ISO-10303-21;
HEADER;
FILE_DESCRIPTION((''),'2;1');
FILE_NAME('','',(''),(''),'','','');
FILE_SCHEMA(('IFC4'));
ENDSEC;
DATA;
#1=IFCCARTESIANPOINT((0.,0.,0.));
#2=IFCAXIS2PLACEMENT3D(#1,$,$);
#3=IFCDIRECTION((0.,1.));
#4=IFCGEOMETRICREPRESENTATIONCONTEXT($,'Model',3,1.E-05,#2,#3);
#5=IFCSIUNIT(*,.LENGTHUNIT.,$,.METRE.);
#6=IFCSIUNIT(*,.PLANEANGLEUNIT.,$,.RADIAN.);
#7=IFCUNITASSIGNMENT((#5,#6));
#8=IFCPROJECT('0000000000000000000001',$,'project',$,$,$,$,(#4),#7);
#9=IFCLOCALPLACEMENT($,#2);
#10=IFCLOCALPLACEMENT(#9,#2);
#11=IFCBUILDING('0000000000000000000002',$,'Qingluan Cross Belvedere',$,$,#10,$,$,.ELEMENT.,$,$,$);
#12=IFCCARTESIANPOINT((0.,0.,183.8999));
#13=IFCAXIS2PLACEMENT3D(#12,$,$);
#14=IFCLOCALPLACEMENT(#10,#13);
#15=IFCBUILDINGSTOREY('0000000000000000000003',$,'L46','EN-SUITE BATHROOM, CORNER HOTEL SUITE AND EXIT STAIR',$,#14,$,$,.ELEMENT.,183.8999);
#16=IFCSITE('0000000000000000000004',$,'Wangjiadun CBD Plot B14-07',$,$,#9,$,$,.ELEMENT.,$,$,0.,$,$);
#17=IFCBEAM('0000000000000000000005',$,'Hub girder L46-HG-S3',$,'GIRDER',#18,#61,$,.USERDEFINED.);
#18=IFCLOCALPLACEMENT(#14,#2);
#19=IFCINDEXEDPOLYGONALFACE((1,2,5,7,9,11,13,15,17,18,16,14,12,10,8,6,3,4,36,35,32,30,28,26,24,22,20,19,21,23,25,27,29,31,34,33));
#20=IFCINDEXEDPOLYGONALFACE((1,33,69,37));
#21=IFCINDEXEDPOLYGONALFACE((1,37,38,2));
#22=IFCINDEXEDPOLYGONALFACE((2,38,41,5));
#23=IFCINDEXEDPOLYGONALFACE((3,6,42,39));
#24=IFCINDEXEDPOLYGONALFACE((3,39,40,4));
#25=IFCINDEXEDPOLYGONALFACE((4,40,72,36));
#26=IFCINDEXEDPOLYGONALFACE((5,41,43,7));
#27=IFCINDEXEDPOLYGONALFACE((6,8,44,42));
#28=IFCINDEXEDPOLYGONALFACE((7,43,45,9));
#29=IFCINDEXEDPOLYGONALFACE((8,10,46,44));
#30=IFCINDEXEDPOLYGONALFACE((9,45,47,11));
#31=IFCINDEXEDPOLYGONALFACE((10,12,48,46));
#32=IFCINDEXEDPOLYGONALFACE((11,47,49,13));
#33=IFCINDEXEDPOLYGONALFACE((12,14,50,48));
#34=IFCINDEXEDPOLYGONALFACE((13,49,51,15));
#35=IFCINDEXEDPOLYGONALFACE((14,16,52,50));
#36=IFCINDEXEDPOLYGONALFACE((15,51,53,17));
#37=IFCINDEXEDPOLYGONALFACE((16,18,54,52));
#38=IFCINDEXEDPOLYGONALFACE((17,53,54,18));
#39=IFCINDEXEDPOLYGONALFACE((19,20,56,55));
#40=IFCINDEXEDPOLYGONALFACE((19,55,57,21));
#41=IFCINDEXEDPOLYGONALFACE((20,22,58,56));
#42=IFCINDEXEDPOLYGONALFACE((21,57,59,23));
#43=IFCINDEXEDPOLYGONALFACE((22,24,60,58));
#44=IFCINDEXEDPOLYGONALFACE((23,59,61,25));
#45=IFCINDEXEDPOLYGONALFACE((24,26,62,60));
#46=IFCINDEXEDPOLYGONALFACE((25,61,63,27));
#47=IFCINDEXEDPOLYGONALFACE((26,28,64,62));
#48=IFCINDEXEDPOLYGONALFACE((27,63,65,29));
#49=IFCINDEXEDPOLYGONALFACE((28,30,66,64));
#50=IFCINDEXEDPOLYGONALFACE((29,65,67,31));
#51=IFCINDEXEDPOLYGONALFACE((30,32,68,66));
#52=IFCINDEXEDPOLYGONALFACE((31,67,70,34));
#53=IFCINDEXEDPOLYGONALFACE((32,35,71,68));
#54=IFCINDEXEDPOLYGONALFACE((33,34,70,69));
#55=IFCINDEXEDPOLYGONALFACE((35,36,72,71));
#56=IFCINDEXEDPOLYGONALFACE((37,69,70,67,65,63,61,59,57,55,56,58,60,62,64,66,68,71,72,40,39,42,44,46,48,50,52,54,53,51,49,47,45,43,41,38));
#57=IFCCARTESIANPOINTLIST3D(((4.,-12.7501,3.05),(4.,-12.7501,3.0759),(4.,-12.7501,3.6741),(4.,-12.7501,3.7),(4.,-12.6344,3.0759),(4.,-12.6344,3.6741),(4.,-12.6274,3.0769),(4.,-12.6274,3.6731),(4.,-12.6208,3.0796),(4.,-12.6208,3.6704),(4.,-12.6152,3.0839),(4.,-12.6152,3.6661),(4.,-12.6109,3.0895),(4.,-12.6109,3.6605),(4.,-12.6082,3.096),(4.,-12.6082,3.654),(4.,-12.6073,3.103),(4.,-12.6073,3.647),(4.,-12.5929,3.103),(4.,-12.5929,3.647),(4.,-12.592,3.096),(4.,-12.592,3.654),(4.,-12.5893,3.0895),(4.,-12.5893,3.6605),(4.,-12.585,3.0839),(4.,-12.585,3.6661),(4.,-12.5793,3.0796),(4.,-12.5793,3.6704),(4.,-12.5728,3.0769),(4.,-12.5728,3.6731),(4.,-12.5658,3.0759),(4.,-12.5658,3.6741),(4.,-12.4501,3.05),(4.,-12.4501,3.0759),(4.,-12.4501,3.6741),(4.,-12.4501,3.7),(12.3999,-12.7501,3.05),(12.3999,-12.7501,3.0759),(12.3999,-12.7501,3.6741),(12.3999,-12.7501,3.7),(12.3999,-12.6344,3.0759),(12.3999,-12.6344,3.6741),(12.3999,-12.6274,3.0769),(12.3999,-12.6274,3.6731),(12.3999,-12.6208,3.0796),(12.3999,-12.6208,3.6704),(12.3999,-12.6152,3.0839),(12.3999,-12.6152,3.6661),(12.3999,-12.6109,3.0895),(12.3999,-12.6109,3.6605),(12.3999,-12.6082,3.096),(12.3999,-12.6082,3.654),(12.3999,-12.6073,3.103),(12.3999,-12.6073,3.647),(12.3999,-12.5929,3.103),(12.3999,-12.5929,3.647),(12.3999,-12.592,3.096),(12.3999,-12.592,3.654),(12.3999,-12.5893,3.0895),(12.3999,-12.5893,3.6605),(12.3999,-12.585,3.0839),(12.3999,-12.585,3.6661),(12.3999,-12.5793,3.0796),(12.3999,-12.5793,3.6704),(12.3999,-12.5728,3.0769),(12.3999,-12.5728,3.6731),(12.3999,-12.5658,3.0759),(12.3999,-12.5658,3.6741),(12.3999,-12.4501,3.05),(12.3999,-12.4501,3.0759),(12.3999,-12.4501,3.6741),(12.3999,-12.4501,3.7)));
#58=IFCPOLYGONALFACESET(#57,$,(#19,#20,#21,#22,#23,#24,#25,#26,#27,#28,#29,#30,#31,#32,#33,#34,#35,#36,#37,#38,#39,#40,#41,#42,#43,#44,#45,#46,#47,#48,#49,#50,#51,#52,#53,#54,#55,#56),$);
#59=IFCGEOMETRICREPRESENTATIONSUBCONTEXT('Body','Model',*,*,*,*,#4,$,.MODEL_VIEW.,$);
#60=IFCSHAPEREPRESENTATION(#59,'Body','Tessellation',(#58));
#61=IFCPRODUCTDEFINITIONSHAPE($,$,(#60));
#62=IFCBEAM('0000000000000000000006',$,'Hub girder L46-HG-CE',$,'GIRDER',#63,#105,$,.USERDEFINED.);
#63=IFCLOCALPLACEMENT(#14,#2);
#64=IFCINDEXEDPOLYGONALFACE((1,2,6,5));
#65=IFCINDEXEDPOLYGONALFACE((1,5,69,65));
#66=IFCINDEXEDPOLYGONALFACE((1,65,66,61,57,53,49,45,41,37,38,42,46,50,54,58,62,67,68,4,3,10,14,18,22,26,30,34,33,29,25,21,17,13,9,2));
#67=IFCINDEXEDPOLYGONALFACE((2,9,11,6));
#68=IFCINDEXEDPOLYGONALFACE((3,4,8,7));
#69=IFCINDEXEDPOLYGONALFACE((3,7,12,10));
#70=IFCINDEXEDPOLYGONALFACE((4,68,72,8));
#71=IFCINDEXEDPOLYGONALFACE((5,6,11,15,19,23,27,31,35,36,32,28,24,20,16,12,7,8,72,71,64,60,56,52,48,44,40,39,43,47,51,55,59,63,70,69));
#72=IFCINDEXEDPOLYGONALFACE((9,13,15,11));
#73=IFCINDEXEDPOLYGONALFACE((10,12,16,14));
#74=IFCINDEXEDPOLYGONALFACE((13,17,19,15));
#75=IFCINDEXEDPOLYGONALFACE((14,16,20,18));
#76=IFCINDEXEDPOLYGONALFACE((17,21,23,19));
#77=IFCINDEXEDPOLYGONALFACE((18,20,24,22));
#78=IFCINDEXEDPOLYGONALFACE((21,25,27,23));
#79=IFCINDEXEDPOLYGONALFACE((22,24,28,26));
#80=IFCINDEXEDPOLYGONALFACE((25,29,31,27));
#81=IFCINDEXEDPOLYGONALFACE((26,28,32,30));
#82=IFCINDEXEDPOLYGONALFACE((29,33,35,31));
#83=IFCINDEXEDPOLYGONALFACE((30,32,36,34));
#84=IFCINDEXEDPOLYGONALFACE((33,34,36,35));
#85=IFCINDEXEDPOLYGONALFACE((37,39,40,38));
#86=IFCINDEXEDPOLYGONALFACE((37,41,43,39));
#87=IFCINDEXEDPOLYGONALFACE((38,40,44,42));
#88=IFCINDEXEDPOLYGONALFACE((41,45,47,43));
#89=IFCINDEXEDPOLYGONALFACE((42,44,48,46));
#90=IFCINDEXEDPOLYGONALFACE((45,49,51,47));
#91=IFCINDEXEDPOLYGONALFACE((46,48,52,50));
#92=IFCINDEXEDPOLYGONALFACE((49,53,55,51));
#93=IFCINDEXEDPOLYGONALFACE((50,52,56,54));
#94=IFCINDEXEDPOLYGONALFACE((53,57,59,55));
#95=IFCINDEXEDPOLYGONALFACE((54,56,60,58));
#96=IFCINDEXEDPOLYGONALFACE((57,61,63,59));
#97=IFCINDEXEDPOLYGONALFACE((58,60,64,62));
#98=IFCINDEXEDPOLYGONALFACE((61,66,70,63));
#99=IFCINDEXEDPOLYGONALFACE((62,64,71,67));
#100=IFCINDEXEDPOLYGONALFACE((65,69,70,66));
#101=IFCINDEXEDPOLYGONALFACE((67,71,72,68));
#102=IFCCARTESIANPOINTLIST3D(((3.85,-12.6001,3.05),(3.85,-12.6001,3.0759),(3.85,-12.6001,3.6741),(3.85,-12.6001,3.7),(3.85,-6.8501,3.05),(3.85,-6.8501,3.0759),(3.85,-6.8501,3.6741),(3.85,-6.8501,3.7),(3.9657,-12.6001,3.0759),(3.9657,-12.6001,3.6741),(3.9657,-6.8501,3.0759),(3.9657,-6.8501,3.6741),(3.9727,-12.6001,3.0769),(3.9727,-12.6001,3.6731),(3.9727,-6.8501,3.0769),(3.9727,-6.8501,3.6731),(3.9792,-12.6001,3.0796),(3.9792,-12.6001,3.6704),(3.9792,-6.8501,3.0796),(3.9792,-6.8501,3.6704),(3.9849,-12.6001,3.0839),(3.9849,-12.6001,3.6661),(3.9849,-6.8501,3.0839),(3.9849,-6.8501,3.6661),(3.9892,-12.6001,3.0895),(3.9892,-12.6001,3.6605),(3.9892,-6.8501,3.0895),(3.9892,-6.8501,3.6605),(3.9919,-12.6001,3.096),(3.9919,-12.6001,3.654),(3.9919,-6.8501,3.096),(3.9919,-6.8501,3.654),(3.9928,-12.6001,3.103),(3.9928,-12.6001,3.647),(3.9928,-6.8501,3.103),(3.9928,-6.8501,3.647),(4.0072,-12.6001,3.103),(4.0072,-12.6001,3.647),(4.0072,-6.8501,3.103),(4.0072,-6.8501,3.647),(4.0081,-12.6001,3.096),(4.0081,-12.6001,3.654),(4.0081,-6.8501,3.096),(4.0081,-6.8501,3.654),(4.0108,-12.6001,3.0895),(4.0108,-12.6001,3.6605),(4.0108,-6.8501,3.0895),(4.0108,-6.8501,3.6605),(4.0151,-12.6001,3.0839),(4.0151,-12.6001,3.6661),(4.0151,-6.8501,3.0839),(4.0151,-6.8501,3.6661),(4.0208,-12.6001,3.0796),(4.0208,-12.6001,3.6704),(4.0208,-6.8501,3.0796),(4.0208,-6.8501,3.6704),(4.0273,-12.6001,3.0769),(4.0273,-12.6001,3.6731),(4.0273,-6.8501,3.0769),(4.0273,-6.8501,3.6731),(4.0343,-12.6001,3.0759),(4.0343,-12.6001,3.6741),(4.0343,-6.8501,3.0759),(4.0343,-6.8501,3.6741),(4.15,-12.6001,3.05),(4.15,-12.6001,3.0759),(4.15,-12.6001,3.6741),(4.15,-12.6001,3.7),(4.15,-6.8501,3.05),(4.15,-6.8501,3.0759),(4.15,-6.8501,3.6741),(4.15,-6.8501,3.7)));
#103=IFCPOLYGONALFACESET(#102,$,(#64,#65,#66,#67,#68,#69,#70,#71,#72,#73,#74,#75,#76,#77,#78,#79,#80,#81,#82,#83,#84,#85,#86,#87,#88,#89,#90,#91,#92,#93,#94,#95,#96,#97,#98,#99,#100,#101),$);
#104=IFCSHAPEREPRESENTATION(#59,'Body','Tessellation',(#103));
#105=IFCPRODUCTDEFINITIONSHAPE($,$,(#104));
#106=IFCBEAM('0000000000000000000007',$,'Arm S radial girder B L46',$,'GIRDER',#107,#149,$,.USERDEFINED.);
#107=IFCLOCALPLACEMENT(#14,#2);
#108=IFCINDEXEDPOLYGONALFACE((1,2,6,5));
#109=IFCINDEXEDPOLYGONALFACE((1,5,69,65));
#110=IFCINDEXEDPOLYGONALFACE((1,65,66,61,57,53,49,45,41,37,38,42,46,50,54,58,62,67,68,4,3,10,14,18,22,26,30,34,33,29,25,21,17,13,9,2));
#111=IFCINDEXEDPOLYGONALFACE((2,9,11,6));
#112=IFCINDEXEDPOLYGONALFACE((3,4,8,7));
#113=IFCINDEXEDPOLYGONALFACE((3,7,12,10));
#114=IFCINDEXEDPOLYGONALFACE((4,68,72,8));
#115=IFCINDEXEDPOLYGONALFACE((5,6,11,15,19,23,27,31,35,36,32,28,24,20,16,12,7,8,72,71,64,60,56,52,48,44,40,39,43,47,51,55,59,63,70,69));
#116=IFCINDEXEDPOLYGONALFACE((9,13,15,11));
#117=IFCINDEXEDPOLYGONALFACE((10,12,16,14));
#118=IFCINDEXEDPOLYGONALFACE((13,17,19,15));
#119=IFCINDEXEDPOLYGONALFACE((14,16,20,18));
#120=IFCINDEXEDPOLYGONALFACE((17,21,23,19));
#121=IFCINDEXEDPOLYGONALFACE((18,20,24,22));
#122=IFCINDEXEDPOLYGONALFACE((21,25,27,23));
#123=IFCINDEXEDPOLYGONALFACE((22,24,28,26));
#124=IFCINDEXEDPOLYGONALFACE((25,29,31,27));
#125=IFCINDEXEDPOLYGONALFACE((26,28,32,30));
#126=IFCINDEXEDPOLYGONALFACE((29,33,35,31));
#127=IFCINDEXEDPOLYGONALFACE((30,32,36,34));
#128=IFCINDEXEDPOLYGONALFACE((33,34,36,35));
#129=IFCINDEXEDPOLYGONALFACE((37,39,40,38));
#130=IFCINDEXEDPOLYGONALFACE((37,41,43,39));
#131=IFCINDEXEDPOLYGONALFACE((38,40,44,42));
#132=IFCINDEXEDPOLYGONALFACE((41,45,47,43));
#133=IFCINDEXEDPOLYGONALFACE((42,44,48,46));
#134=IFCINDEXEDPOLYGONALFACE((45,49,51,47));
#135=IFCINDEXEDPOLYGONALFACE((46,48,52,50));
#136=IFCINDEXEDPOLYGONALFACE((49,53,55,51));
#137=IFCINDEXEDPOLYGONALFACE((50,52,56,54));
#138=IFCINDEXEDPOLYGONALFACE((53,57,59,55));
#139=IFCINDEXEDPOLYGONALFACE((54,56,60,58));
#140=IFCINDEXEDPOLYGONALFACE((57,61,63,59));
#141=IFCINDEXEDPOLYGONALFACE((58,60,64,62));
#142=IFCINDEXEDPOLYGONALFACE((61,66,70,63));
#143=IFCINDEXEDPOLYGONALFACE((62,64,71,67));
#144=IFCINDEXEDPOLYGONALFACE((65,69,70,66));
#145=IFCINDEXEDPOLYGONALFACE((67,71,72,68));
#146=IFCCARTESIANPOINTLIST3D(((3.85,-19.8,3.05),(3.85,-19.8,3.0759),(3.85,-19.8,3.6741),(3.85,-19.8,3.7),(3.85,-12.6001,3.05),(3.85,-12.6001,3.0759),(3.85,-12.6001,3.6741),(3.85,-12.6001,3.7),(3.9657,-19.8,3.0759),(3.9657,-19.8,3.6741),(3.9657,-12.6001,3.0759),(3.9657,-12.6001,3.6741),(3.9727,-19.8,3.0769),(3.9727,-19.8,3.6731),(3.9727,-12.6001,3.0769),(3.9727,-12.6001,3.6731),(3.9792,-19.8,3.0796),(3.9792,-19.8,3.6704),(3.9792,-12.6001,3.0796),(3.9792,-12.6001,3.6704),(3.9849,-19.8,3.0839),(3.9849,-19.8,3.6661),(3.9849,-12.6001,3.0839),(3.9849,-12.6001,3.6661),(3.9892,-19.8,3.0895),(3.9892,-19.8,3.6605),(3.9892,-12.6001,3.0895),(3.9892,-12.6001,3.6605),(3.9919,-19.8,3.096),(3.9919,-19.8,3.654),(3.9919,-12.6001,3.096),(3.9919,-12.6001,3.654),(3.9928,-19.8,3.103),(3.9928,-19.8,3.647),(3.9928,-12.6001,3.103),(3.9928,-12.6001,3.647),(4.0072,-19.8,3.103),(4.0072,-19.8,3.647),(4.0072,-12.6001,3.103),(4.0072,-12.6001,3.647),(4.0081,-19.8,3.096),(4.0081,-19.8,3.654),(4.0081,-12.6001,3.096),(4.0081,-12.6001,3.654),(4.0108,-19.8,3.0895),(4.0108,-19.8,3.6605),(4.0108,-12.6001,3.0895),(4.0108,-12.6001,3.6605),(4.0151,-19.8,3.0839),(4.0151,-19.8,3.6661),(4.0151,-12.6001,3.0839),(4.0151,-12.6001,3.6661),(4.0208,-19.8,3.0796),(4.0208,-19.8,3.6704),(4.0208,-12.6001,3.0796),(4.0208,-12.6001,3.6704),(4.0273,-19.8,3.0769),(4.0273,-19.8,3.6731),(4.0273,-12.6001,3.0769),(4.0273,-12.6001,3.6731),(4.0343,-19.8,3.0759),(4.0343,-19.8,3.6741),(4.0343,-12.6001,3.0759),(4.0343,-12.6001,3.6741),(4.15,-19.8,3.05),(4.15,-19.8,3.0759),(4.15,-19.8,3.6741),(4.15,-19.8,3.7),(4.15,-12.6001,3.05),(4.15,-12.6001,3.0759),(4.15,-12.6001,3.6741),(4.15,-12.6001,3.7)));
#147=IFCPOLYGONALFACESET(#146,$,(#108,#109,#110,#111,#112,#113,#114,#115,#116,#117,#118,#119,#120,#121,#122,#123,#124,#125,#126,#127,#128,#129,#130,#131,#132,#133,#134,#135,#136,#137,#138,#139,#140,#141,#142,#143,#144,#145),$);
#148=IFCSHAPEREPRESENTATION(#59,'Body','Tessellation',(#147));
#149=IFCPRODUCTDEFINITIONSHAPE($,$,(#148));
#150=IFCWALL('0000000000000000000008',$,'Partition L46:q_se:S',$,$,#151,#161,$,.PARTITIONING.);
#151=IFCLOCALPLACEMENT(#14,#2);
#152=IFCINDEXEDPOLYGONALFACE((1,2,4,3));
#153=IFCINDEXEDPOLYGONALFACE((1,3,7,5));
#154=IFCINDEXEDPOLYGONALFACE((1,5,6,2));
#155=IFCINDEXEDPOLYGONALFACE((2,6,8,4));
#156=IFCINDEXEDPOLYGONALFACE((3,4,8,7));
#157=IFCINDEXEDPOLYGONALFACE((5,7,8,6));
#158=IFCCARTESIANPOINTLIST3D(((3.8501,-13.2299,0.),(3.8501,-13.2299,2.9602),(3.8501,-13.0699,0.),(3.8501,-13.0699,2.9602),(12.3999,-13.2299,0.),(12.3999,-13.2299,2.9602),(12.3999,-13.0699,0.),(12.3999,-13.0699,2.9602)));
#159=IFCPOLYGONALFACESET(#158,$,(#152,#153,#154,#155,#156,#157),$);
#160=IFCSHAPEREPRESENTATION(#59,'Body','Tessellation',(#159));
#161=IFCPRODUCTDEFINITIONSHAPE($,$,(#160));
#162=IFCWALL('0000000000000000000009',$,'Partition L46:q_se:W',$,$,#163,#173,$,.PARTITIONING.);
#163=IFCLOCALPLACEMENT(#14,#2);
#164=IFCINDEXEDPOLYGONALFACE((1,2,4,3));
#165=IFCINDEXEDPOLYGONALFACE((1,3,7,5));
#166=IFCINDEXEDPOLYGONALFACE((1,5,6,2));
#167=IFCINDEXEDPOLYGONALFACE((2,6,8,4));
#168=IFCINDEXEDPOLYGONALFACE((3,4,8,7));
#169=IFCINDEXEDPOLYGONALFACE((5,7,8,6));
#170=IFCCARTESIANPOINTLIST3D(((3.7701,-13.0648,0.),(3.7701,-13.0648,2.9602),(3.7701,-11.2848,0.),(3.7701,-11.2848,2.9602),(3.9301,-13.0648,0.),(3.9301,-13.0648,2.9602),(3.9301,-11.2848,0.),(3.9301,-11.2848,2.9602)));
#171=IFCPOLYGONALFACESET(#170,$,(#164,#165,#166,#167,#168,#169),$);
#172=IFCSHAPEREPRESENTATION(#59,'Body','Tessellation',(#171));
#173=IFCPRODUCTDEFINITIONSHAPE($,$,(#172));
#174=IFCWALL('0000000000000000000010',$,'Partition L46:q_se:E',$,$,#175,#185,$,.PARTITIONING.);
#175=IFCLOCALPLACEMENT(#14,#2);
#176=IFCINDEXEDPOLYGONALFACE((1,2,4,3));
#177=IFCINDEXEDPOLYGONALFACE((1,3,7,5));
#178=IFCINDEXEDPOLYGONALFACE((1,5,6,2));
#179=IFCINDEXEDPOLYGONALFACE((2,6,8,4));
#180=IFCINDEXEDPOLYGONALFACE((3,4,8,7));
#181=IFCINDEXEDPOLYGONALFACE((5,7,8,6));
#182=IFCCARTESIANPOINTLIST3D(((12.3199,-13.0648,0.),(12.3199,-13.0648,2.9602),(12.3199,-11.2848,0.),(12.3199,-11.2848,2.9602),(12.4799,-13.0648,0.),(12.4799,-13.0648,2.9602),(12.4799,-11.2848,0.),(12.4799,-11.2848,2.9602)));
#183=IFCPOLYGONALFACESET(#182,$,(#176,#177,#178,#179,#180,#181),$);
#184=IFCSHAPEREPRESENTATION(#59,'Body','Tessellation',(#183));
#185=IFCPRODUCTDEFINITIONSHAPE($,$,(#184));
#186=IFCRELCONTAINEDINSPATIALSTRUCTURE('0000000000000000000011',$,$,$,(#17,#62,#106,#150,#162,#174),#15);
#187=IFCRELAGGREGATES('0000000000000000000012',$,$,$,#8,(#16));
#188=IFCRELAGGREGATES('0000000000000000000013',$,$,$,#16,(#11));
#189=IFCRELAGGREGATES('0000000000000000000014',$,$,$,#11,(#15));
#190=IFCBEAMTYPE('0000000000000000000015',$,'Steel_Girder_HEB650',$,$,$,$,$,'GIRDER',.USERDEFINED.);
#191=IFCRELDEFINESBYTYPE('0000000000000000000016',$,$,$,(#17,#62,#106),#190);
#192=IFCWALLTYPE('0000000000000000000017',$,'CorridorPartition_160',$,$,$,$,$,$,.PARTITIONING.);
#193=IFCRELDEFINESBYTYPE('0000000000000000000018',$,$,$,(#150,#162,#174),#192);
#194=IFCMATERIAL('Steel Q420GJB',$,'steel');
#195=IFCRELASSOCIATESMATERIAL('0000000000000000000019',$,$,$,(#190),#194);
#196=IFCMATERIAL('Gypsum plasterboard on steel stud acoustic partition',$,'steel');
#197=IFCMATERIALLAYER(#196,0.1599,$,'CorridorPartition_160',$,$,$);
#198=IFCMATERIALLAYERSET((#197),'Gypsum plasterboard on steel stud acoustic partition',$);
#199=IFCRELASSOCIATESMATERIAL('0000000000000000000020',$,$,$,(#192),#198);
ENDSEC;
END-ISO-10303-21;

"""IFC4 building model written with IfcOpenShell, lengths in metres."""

from ifc_helpers import new_model, si_unit, direction, frame, frame_2d, origin, origin_2d, place, context, subcontext, project, spatial, rectangle, i_section, extrude, material, layer, layer_set, material_profile, profile_set, type_object, element, save


model = new_model("IFC4")

# Units and contexts
model_context = context("Model", 3, precision=1e-05, world=origin(), true_north=direction((0.0, 1.0)))
body_context = subcontext(model_context, "Body", "Model", "MODEL_VIEW")
ifc_project = project(units=[si_unit("LENGTHUNIT", "METRE"), si_unit("PLANEANGLEUNIT", "RADIAN")], contexts=[model_context])

# Site, building, storey
site_placement = place(None, origin())
site = spatial("IfcSite", under=ifc_project, at=site_placement, Name="Wangjiadun CBD Plot B14-07", CompositionType="ELEMENT", RefElevation=0.0)
building_placement = place(site_placement, origin())
building = spatial("IfcBuilding", under=site, at=building_placement, Name="Qingluan Cross Belvedere", CompositionType="ELEMENT")
storey_placement = place(building_placement, frame((0.0, 0.0, 183.8999)))
storey = spatial("IfcBuildingStorey", under=building, at=storey_placement, Name="L46", Description="EN-SUITE BATHROOM, CORNER HOTEL SUITE AND EXIT STAIR", CompositionType="ELEMENT", Elevation=183.8999)

# Beams
ifc_material_1 = material(Name="Steel Q420GJB", Category="steel")
ifc_material_profile_1 = material_profile(ifc_material_1, i_section(OverallWidth=0.3, OverallDepth=0.6499, WebThickness=0.0144, FlangeThickness=0.0259, FilletRadius=0.0271, at=origin_2d()), Name="HEB650")
ifc_profile_set_1 = profile_set([ifc_material_profile_1], Name="Steel Q420GJB")
beam_type_1 = type_object("IfcBeamType", Name="Steel_Girder_HEB650", ElementType="GIRDER", PredefinedType="USERDEFINED", material=ifc_profile_set_1)
beam_1_placement = place(storey_placement, frame((4.0, -12.6001, 3.375), z_axis=(1.0, 0.0, 0.0), x_axis=(0.0, 1.0, 0.0)))
element("IfcBeam", 1, at=beam_1_placement, inside=storey, type_object=beam_type_1, Name="Hub girder L46-HG-S3", ObjectType="GIRDER", PredefinedType="USERDEFINED", context=body_context, shape_type="SweptSolid", body=[
    extrude(i_section(OverallWidth=0.3, OverallDepth=0.6499, WebThickness=0.0144, FlangeThickness=0.0259, FilletRadius=0.0271, at=origin_2d()), origin(), (0.0, 0.0, 1.0), 8.3999),
])
beam_2_placement = place(storey_placement, frame((4.0, -12.6001, 3.375), z_axis=(0.0, 1.0, 0.0), x_axis=(-1.0, 0.0, 0.0)))
element("IfcBeam", 2, at=beam_2_placement, inside=storey, type_object=beam_type_1, Name="Hub girder L46-HG-CE", ObjectType="GIRDER", PredefinedType="USERDEFINED", context=body_context, shape_type="SweptSolid", body=[
    extrude(i_section(OverallWidth=0.3, OverallDepth=0.6499, WebThickness=0.0144, FlangeThickness=0.0259, FilletRadius=0.0271, at=origin_2d()), origin(), (0.0, 0.0, 1.0), 5.75),
])
beam_3_placement = place(storey_placement, frame((4.0, -12.6001, 3.375), z_axis=(0.0, -1.0, 0.0), x_axis=(1.0, 0.0, 0.0)))
element("IfcBeam", 3, at=beam_3_placement, inside=storey, type_object=beam_type_1, Name="Arm S radial girder B L46", ObjectType="GIRDER", PredefinedType="USERDEFINED", context=body_context, shape_type="SweptSolid", body=[
    extrude(i_section(OverallWidth=0.3, OverallDepth=0.6499, WebThickness=0.0144, FlangeThickness=0.0259, FilletRadius=0.0271, at=origin_2d()), origin(), (0.0, 0.0, 1.0), 7.2),
])

# Walls
ifc_material_2 = material(Name="Gypsum plasterboard on steel stud acoustic partition", Category="steel")
ifc_layer_1 = layer(ifc_material_2, 0.1599, Name="CorridorPartition_160")
ifc_layer_set_1 = layer_set([ifc_layer_1], Name="Gypsum plasterboard on steel stud acoustic partition")
wall_type_1 = type_object("IfcWallType", Name="CorridorPartition_160", PredefinedType="PARTITIONING", material=ifc_layer_set_1)
wall_1_placement = place(storey_placement, frame((3.8501, -13.1499, 0.0), z_axis=(0.0, 0.0, 1.0), x_axis=(1.0, 0.0, 0.0)))
element("IfcWall", 4, at=wall_1_placement, inside=storey, type_object=wall_type_1, Name="Partition L46:q_se:S", PredefinedType="PARTITIONING", context=body_context, shape_type="SweptSolid", body=[
    extrude(rectangle(XDim=8.5498, YDim=0.1599, at=frame_2d((4.2749, 0.0))), origin(), (0.0, 0.0, 1.0), 2.9602),
])
for number, where, z_axis, x_axis, name in (
    (5, (3.8501, -13.0649, 0.0), (0.0, 0.0, 1.0), (0.0, 1.0, 0.0), "Partition L46:q_se:W"),
    (6, (12.3999, -13.0649, 0.0), (0.0, 0.0, 1.0), (0.0, 1.0, 0.0), "Partition L46:q_se:E"),
):
    element("IfcWall", number, at=place(storey_placement, frame(where, z_axis=z_axis, x_axis=x_axis)), inside=storey, type_object=wall_type_1, Name=name, PredefinedType="PARTITIONING", context=body_context, shape_type="SweptSolid", body=[
        extrude(rectangle(XDim=1.78, YDim=0.1599, at=frame_2d((0.8901, 0.0))), origin(), (0.0, 0.0, 1.0), 2.9602),
    ])

save(model, "model.ifc")
